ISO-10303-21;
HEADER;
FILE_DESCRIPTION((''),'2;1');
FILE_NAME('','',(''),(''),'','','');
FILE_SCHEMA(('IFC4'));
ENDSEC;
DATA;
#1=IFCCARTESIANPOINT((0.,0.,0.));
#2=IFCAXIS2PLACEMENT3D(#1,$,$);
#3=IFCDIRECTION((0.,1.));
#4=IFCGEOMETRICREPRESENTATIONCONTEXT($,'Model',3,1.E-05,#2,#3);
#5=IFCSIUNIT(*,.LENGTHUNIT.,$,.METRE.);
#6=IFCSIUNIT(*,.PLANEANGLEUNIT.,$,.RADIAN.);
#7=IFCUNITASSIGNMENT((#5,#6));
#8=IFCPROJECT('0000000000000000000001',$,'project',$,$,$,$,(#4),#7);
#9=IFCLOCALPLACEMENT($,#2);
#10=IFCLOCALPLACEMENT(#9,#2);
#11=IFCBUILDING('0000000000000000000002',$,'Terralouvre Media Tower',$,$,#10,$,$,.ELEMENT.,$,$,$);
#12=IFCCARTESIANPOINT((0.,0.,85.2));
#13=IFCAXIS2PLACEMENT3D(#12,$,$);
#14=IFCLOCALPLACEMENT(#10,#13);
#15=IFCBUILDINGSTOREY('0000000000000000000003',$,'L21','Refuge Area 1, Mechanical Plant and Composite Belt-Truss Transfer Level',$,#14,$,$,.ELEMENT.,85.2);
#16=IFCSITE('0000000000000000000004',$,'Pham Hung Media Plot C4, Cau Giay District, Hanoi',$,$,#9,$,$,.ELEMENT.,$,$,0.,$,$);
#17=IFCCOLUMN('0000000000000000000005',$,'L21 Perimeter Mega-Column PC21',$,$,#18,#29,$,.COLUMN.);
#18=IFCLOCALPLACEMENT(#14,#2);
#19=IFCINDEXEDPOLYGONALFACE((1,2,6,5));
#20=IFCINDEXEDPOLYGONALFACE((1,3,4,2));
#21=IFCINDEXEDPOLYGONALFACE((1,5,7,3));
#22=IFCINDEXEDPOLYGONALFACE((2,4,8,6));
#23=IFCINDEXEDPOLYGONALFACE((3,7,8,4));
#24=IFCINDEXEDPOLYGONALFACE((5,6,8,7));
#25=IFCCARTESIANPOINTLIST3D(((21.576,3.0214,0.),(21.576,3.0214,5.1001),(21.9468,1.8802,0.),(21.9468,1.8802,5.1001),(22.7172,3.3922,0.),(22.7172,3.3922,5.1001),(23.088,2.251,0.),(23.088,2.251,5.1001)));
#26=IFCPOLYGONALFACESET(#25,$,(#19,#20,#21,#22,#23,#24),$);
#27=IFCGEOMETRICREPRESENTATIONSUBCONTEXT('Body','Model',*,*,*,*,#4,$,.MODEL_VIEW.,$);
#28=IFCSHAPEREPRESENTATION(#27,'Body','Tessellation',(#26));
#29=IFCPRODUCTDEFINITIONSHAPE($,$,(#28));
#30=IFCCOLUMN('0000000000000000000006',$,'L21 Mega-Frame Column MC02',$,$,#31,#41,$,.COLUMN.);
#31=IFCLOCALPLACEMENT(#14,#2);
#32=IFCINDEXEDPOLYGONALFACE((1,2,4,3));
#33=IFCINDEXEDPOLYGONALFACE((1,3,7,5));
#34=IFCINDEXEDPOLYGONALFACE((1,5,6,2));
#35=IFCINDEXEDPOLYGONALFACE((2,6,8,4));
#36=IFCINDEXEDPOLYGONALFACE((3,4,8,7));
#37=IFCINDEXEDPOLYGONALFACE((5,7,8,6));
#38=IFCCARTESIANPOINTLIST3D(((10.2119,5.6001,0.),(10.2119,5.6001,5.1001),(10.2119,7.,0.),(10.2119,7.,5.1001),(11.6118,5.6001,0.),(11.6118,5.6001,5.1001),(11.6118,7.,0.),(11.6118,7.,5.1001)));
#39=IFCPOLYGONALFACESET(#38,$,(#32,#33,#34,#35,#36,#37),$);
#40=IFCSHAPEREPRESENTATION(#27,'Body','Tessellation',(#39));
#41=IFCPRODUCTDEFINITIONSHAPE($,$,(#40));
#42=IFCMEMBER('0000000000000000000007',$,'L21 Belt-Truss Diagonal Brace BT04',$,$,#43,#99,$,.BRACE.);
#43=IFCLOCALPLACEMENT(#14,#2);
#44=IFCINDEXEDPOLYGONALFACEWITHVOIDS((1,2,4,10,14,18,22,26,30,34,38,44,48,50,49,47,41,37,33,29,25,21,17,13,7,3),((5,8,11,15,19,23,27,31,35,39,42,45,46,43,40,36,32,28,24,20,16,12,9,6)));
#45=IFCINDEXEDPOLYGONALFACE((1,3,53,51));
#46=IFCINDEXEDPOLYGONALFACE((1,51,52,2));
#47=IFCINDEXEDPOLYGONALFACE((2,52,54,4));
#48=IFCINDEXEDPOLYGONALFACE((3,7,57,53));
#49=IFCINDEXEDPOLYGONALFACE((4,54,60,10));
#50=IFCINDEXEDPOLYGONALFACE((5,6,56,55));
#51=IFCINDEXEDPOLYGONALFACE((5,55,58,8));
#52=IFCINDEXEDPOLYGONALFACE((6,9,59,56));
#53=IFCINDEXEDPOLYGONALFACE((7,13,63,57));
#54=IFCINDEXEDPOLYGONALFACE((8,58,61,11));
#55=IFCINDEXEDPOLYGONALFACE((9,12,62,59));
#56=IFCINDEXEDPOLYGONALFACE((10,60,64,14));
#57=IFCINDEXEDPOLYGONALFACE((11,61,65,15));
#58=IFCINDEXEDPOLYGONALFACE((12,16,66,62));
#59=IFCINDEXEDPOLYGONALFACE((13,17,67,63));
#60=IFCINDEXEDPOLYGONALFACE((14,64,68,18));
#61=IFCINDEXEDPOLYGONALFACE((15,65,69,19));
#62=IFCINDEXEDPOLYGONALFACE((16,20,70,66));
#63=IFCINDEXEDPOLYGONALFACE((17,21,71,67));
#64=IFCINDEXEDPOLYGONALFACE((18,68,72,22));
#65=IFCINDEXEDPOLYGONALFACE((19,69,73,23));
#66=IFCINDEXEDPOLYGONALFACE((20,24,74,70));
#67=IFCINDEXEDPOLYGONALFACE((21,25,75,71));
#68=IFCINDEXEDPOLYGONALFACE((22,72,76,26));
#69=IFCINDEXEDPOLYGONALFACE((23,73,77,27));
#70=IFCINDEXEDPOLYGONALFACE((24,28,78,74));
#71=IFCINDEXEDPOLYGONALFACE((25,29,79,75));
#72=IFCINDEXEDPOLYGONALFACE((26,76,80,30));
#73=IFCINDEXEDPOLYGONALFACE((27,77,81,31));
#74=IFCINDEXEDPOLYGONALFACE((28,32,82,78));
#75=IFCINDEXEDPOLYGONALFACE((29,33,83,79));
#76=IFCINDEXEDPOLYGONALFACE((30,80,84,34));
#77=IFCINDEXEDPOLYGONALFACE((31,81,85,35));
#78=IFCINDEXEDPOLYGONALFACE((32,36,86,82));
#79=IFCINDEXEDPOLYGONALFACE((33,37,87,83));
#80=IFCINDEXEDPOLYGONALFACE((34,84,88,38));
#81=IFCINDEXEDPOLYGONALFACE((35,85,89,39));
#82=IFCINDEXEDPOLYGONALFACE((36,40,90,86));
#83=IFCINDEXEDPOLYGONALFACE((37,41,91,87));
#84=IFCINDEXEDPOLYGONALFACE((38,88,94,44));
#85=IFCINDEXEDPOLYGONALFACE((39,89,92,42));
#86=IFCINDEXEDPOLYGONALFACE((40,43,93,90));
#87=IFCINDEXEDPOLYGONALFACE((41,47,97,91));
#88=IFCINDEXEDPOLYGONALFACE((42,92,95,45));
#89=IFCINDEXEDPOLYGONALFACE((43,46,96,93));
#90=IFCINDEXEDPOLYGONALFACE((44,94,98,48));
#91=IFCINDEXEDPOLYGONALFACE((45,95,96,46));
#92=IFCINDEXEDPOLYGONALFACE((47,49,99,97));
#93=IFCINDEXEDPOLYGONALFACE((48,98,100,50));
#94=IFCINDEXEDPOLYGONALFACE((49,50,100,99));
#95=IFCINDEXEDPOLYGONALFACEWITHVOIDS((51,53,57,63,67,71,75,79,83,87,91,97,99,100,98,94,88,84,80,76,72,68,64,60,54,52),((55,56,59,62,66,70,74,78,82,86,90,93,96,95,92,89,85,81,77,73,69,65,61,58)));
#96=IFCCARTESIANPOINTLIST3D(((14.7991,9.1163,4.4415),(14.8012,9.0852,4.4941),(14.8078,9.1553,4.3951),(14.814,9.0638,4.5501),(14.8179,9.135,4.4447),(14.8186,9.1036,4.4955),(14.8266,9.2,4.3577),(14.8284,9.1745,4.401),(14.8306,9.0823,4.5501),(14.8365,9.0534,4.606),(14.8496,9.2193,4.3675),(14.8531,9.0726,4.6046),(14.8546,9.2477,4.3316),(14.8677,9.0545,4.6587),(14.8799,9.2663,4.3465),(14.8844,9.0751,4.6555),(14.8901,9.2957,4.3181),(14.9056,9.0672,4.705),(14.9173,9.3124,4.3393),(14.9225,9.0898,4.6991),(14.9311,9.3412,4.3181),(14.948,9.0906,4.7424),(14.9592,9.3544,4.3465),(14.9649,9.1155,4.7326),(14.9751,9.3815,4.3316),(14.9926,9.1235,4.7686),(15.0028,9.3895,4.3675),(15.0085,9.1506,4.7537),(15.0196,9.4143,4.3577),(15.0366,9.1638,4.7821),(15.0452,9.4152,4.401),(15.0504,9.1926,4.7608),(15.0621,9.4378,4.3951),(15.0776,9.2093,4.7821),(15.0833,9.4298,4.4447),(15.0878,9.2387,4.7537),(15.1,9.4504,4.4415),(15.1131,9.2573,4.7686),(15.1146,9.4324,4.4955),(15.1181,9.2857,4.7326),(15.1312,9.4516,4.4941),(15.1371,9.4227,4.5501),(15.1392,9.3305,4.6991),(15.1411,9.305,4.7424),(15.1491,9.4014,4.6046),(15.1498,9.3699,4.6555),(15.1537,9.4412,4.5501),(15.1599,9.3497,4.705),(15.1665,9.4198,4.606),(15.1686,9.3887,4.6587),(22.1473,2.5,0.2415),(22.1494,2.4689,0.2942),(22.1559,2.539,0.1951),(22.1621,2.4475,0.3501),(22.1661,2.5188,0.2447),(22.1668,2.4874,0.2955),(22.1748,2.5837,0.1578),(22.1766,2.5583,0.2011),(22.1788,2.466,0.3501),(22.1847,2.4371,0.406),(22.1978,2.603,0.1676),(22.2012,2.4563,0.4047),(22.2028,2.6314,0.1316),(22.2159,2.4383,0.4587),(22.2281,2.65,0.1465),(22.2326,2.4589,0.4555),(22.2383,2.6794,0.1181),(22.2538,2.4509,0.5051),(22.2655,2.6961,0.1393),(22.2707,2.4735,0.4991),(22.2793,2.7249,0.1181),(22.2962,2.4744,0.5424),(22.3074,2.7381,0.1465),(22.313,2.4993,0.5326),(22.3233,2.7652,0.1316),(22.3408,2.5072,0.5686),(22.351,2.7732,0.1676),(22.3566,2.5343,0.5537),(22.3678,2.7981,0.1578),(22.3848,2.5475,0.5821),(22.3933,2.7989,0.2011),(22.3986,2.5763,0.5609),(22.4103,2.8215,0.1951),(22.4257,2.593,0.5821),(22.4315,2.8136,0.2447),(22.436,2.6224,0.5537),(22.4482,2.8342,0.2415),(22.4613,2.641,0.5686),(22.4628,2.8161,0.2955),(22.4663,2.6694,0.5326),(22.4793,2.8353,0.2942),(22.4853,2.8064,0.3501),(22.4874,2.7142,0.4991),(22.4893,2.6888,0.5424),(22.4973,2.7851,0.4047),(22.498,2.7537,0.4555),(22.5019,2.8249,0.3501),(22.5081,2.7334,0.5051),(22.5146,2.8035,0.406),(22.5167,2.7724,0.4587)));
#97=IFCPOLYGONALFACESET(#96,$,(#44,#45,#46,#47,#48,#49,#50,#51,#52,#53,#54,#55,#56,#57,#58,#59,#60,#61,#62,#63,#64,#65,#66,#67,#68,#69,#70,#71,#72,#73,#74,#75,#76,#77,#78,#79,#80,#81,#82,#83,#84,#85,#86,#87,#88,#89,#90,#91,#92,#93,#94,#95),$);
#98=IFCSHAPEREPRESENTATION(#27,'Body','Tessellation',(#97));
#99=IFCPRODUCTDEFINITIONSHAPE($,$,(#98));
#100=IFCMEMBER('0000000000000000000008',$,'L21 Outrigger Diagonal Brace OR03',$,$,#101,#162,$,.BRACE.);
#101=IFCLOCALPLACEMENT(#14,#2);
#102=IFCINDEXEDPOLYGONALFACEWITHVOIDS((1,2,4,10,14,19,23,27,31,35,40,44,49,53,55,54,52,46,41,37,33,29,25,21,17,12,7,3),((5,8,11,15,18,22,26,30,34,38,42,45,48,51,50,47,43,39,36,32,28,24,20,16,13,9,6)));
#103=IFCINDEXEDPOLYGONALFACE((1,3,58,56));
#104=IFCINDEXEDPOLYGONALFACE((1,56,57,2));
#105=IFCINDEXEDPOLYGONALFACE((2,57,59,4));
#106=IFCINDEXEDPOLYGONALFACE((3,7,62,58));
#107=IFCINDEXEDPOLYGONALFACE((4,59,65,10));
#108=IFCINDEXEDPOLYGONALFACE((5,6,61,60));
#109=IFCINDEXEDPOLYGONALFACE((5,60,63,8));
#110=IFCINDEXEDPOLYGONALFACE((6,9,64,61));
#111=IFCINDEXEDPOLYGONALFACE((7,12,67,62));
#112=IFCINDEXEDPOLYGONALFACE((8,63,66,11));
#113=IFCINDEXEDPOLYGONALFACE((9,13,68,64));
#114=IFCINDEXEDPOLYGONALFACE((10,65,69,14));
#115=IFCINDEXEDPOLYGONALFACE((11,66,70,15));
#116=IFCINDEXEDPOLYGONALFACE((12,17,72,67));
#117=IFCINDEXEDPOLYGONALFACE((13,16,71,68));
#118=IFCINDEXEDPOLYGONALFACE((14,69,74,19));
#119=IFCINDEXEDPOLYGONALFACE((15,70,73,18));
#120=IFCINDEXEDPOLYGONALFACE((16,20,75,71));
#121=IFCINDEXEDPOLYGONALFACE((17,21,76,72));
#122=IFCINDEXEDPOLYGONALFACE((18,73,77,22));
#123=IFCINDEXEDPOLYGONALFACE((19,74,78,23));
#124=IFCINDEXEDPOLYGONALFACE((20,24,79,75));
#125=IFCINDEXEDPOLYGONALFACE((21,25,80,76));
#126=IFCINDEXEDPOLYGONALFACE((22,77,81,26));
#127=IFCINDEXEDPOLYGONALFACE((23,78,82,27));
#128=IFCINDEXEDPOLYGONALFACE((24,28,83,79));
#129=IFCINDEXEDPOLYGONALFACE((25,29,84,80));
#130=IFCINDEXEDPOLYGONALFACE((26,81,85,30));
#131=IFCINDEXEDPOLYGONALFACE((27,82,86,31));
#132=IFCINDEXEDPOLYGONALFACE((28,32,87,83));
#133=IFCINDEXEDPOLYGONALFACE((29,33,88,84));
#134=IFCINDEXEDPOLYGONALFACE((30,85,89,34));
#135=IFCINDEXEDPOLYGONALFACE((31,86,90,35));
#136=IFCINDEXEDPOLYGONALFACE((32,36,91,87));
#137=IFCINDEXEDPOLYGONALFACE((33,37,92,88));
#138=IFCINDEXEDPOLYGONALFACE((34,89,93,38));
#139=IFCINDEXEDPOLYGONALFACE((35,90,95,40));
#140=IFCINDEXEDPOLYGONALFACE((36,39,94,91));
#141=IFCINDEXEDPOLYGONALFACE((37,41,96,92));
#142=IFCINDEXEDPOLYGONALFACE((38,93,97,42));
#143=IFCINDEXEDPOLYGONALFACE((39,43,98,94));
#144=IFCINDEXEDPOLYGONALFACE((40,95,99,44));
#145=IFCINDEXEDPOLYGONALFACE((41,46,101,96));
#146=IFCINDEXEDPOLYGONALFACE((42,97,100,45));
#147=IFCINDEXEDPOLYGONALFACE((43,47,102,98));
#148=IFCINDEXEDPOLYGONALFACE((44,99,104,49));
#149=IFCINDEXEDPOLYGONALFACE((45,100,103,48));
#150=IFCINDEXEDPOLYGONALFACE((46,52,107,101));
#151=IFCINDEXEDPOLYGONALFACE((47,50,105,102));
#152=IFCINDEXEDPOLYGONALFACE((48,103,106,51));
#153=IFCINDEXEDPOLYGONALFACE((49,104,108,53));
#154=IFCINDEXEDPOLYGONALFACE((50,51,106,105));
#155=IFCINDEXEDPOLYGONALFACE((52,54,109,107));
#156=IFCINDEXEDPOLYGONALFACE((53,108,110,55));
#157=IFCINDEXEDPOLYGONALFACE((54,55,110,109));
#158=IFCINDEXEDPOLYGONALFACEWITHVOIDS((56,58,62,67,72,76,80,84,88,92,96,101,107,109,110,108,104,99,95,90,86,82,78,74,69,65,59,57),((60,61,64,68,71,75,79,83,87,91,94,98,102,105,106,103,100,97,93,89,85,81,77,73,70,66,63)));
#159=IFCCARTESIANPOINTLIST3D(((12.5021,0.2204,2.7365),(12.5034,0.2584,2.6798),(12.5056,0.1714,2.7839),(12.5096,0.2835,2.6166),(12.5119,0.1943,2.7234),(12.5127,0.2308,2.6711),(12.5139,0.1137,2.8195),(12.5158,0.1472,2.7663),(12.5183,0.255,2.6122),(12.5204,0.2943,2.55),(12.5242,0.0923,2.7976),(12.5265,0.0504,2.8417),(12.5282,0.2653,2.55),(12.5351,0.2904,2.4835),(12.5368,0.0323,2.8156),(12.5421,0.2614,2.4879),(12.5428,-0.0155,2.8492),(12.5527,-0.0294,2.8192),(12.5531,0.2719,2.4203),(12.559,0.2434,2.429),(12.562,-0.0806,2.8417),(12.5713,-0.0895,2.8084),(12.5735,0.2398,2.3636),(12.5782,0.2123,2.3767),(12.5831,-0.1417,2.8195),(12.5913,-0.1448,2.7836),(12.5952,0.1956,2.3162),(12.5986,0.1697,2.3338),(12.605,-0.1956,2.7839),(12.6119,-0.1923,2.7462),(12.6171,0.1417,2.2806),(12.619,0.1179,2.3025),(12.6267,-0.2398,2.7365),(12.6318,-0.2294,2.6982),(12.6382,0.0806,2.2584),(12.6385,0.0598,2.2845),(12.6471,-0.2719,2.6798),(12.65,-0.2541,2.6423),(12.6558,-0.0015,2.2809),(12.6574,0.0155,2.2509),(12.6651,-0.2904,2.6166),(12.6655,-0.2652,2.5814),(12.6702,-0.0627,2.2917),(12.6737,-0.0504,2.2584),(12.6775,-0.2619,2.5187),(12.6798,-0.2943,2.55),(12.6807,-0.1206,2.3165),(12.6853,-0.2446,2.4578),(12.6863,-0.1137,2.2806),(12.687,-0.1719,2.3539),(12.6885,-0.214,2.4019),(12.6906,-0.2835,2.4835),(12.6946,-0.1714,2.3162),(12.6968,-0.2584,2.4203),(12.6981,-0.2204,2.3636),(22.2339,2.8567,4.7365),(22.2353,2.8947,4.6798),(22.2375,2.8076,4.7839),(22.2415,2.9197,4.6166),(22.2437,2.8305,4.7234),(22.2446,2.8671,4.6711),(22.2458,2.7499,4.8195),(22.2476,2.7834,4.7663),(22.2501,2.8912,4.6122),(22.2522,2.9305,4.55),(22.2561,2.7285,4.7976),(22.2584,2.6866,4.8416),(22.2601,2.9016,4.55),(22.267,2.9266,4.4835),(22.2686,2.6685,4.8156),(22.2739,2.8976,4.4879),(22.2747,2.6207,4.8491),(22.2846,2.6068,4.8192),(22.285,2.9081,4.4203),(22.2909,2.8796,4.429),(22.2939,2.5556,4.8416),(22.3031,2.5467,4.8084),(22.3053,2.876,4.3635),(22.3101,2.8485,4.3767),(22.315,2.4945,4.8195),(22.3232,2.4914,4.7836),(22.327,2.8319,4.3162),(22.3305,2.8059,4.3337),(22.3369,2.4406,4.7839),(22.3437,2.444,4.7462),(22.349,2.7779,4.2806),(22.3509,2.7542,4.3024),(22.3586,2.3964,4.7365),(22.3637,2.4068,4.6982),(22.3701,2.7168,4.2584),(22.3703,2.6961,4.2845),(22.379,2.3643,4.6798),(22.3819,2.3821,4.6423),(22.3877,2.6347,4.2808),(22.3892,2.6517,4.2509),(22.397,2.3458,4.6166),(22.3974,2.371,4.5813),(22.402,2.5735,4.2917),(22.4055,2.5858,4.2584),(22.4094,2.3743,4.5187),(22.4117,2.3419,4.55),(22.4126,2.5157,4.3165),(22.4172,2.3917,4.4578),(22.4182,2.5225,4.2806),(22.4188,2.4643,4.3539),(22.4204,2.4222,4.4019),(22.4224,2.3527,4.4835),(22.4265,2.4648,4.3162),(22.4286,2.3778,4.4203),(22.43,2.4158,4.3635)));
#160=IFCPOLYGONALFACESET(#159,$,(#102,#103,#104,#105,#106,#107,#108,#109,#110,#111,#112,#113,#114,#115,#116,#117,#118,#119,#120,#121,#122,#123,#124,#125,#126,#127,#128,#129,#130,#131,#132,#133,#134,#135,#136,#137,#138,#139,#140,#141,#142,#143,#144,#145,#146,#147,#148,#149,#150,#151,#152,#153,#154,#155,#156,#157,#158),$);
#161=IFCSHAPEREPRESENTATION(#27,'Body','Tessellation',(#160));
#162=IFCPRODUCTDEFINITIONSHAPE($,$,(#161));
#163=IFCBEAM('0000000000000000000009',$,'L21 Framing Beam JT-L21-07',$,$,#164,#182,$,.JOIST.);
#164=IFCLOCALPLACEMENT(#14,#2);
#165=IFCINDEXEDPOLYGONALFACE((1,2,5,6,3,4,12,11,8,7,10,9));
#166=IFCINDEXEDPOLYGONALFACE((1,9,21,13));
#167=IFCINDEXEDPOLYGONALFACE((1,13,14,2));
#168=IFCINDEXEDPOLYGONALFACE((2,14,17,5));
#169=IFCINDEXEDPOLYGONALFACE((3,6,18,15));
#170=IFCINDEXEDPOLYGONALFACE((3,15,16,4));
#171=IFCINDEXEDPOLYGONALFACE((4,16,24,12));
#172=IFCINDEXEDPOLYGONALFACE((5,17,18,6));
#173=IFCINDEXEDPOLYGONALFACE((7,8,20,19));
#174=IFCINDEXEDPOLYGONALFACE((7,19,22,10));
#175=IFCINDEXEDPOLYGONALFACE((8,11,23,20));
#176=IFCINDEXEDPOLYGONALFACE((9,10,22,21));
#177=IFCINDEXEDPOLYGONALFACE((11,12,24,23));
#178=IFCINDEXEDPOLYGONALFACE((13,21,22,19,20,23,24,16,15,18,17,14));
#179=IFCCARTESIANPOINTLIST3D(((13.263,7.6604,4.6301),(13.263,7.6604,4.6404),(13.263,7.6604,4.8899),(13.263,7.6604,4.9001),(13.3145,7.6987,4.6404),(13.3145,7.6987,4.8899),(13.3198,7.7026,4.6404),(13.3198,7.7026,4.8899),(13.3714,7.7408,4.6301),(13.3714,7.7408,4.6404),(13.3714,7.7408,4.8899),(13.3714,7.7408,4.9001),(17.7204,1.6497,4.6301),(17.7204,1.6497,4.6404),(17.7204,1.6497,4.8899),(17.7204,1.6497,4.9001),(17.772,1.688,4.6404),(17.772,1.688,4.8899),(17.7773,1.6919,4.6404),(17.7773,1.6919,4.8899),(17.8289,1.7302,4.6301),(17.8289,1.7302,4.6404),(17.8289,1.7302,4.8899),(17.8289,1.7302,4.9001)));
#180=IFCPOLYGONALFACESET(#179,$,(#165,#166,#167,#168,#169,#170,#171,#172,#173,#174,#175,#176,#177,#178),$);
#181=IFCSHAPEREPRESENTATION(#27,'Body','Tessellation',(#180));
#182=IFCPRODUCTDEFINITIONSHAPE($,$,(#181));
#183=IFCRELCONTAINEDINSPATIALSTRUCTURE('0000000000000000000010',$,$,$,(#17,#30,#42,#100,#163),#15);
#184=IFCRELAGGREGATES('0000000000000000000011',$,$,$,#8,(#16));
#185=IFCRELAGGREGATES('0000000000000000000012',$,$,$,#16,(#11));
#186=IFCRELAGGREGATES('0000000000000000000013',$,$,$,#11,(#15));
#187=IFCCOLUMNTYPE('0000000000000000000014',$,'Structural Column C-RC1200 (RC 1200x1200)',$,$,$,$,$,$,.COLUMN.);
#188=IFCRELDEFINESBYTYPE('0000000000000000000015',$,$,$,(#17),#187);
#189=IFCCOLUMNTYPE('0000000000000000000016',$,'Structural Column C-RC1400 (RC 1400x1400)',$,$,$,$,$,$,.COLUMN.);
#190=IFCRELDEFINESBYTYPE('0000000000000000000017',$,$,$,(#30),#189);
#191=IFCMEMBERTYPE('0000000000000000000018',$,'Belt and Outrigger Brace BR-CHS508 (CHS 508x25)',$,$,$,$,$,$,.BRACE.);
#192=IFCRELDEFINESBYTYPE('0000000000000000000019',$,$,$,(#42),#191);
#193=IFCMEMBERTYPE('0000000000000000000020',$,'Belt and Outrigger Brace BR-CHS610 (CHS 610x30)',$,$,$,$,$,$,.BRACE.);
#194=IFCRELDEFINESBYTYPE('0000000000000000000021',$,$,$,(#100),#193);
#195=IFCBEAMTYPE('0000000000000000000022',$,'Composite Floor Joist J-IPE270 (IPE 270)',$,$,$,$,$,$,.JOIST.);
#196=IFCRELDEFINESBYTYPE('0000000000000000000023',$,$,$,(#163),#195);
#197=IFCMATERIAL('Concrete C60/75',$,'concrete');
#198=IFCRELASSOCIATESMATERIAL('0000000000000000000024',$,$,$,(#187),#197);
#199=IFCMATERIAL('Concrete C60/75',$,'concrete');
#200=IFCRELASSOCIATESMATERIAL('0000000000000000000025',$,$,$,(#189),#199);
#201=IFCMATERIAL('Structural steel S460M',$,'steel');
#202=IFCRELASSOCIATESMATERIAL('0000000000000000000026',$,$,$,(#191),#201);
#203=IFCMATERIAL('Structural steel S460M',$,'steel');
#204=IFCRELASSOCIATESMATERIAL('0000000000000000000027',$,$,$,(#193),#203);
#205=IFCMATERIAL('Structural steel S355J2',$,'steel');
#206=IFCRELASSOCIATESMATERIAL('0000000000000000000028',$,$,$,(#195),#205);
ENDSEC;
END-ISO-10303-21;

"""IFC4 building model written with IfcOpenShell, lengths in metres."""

from ifc_helpers import new_model, si_unit, direction, frame, origin, origin_2d, place, context, subcontext, project, spatial, rectangle, hollow_circle, i_section, extrude, material, material_profile, profile_set, type_object, element, save


model = new_model("IFC4")

# Units and contexts
model_context = context("Model", 3, precision=1e-05, world=origin(), true_north=direction((0.0, 1.0)))
body_context = subcontext(model_context, "Body", "Model", "MODEL_VIEW")
ifc_project = project(units=[si_unit("LENGTHUNIT", "METRE"), si_unit("PLANEANGLEUNIT", "RADIAN")], contexts=[model_context])

# Site, building, storey
site_placement = place(None, origin())
site = spatial("IfcSite", under=ifc_project, at=site_placement, Name="Pham Hung Media Plot C4, Cau Giay District, Hanoi", CompositionType="ELEMENT", RefElevation=0.0)
building_placement = place(site_placement, origin())
building = spatial("IfcBuilding", under=site, at=building_placement, Name="Terralouvre Media Tower", CompositionType="ELEMENT")
storey_placement = place(building_placement, frame((0.0, 0.0, 85.2)))
storey = spatial("IfcBuildingStorey", under=building, at=storey_placement, Name="L21", Description="Refuge Area 1, Mechanical Plant and Composite Belt-Truss Transfer Level", CompositionType="ELEMENT", Elevation=85.2)

# Columns
ifc_material_1 = material(Name="Concrete C60/75", Category="concrete")
ifc_material_profile_1 = material_profile(ifc_material_1, rectangle(XDim=1.2, YDim=1.2, at=origin_2d()), Name="RC 1200x1200")
ifc_profile_set_1 = profile_set([ifc_material_profile_1], Name="Concrete C60/75")
column_type_1 = type_object("IfcColumnType", Name="Structural Column C-RC1200 (RC 1200x1200)", PredefinedType="COLUMN", material=ifc_profile_set_1)
column_1_placement = place(storey_placement, frame((22.332, 2.6362, 0.0), z_axis=(0.0, 0.0, 1.0), x_axis=(0.951057, 0.309017, 0.0)))
element("IfcColumn", 1, at=column_1_placement, inside=storey, type_object=column_type_1, Name="L21 Perimeter Mega-Column PC21", PredefinedType="COLUMN", context=body_context, shape_type="SweptSolid", body=[
    extrude(rectangle(XDim=1.2, YDim=1.2, at=origin_2d()), origin(), (0.0, 0.0, 1.0), 5.1001),
])
ifc_material_2 = material(Name="Concrete C60/75", Category="concrete")
ifc_material_profile_2 = material_profile(ifc_material_2, rectangle(XDim=1.3999, YDim=1.3999, at=origin_2d()), Name="RC 1400x1400")
ifc_profile_set_2 = profile_set([ifc_material_profile_2], Name="Concrete C60/75")
column_type_2 = type_object("IfcColumnType", Name="Structural Column C-RC1400 (RC 1400x1400)", PredefinedType="COLUMN", material=ifc_profile_set_2)
column_2_placement = place(storey_placement, frame((10.9119, 6.3, 0.0), z_axis=(0.0, 0.0, 1.0), x_axis=(1.0, 0.0, 0.0)))
element("IfcColumn", 2, at=column_2_placement, inside=storey, type_object=column_type_2, Name="L21 Mega-Frame Column MC02", PredefinedType="COLUMN", context=body_context, shape_type="SweptSolid", body=[
    extrude(rectangle(XDim=1.3999, YDim=1.3999, at=origin_2d()), origin(), (0.0, 0.0, 1.0), 5.1001),
])

# Members
ifc_material_3 = material(Name="Structural steel S460M", Category="steel")
ifc_material_profile_3 = material_profile(ifc_material_3, hollow_circle(Radius=0.2539, WallThickness=0.0249, at=origin_2d()), Name="CHS 508x25")
ifc_profile_set_3 = profile_set([ifc_material_profile_3], Name="Structural steel S460M")
member_type_1 = type_object("IfcMemberType", Name="Belt and Outrigger Brace BR-CHS508 (CHS 508x25)", PredefinedType="BRACE", material=ifc_profile_set_3)
member_1_placement = place(storey_placement, frame((22.332, 2.6362, 0.3501), z_axis=(-0.684003, 0.61587, 0.390953), x_axis=(-0.669126, -0.743149, 0.0)))
element("IfcMember", 3, at=member_1_placement, inside=storey, type_object=member_type_1, Name="L21 Belt-Truss Diagonal Brace BT04", PredefinedType="BRACE", context=body_context, shape_type="SweptSolid", body=[
    extrude(hollow_circle(Radius=0.2539, WallThickness=0.0249, at=origin_2d()), origin(), (0.0, 0.0, 1.0), 10.7429),
])
ifc_material_4 = material(Name="Structural steel S460M", Category="steel")
ifc_material_profile_4 = material_profile(ifc_material_4, hollow_circle(Radius=0.3049, WallThickness=0.03, at=origin_2d()), Name="CHS 610x30")
ifc_profile_set_4 = profile_set([ifc_material_profile_4], Name="Structural steel S460M")
member_type_2 = type_object("IfcMemberType", Name="Belt and Outrigger Brace BR-CHS610 (CHS 610x30)", PredefinedType="BRACE", material=ifc_profile_set_4)
member_2_placement = place(storey_placement, frame((12.6001, 0.0, 2.55), z_axis=(0.946767, 0.256465, 0.194569), x_axis=(-0.261462, 0.965214, 0.0)))
element("IfcMember", 4, at=member_2_placement, inside=storey, type_object=member_type_2, Name="L21 Outrigger Diagonal Brace OR03", PredefinedType="BRACE", context=body_context, shape_type="SweptSolid", body=[
    extrude(hollow_circle(Radius=0.3049, WallThickness=0.03, at=origin_2d()), origin(), (0.0, 0.0, 1.0), 10.2791),
])

# Beam
ifc_material_5 = material(Name="Structural steel S355J2", Category="steel")
ifc_material_profile_5 = material_profile(ifc_material_5, i_section(OverallWidth=0.135, OverallDepth=0.27, WebThickness=0.0066, FlangeThickness=0.0103, at=origin_2d()), Name="IPE 270")
ifc_profile_set_5 = profile_set([ifc_material_profile_5], Name="Structural steel S355J2")
beam_type_1 = type_object("IfcBeamType", Name="Composite Floor Joist J-IPE270 (IPE 270)", PredefinedType="JOIST", material=ifc_profile_set_5)
beam_1_placement = place(storey_placement, frame((17.7747, 1.6899, 4.7651), z_axis=(-0.595669, 0.80323, 0.0), x_axis=(-0.80323, -0.595669, 0.0)))
element("IfcBeam", 5, at=beam_1_placement, inside=storey, type_object=beam_type_1, Name="L21 Framing Beam JT-L21-07", PredefinedType="JOIST", context=body_context, shape_type="SweptSolid", body=[
    extrude(i_section(OverallWidth=0.135, OverallDepth=0.27, WebThickness=0.0066, FlangeThickness=0.0103, at=origin_2d()), origin(), (0.0, 0.0, 1.0), 7.4832),
])

save(model, "model.ifc")
